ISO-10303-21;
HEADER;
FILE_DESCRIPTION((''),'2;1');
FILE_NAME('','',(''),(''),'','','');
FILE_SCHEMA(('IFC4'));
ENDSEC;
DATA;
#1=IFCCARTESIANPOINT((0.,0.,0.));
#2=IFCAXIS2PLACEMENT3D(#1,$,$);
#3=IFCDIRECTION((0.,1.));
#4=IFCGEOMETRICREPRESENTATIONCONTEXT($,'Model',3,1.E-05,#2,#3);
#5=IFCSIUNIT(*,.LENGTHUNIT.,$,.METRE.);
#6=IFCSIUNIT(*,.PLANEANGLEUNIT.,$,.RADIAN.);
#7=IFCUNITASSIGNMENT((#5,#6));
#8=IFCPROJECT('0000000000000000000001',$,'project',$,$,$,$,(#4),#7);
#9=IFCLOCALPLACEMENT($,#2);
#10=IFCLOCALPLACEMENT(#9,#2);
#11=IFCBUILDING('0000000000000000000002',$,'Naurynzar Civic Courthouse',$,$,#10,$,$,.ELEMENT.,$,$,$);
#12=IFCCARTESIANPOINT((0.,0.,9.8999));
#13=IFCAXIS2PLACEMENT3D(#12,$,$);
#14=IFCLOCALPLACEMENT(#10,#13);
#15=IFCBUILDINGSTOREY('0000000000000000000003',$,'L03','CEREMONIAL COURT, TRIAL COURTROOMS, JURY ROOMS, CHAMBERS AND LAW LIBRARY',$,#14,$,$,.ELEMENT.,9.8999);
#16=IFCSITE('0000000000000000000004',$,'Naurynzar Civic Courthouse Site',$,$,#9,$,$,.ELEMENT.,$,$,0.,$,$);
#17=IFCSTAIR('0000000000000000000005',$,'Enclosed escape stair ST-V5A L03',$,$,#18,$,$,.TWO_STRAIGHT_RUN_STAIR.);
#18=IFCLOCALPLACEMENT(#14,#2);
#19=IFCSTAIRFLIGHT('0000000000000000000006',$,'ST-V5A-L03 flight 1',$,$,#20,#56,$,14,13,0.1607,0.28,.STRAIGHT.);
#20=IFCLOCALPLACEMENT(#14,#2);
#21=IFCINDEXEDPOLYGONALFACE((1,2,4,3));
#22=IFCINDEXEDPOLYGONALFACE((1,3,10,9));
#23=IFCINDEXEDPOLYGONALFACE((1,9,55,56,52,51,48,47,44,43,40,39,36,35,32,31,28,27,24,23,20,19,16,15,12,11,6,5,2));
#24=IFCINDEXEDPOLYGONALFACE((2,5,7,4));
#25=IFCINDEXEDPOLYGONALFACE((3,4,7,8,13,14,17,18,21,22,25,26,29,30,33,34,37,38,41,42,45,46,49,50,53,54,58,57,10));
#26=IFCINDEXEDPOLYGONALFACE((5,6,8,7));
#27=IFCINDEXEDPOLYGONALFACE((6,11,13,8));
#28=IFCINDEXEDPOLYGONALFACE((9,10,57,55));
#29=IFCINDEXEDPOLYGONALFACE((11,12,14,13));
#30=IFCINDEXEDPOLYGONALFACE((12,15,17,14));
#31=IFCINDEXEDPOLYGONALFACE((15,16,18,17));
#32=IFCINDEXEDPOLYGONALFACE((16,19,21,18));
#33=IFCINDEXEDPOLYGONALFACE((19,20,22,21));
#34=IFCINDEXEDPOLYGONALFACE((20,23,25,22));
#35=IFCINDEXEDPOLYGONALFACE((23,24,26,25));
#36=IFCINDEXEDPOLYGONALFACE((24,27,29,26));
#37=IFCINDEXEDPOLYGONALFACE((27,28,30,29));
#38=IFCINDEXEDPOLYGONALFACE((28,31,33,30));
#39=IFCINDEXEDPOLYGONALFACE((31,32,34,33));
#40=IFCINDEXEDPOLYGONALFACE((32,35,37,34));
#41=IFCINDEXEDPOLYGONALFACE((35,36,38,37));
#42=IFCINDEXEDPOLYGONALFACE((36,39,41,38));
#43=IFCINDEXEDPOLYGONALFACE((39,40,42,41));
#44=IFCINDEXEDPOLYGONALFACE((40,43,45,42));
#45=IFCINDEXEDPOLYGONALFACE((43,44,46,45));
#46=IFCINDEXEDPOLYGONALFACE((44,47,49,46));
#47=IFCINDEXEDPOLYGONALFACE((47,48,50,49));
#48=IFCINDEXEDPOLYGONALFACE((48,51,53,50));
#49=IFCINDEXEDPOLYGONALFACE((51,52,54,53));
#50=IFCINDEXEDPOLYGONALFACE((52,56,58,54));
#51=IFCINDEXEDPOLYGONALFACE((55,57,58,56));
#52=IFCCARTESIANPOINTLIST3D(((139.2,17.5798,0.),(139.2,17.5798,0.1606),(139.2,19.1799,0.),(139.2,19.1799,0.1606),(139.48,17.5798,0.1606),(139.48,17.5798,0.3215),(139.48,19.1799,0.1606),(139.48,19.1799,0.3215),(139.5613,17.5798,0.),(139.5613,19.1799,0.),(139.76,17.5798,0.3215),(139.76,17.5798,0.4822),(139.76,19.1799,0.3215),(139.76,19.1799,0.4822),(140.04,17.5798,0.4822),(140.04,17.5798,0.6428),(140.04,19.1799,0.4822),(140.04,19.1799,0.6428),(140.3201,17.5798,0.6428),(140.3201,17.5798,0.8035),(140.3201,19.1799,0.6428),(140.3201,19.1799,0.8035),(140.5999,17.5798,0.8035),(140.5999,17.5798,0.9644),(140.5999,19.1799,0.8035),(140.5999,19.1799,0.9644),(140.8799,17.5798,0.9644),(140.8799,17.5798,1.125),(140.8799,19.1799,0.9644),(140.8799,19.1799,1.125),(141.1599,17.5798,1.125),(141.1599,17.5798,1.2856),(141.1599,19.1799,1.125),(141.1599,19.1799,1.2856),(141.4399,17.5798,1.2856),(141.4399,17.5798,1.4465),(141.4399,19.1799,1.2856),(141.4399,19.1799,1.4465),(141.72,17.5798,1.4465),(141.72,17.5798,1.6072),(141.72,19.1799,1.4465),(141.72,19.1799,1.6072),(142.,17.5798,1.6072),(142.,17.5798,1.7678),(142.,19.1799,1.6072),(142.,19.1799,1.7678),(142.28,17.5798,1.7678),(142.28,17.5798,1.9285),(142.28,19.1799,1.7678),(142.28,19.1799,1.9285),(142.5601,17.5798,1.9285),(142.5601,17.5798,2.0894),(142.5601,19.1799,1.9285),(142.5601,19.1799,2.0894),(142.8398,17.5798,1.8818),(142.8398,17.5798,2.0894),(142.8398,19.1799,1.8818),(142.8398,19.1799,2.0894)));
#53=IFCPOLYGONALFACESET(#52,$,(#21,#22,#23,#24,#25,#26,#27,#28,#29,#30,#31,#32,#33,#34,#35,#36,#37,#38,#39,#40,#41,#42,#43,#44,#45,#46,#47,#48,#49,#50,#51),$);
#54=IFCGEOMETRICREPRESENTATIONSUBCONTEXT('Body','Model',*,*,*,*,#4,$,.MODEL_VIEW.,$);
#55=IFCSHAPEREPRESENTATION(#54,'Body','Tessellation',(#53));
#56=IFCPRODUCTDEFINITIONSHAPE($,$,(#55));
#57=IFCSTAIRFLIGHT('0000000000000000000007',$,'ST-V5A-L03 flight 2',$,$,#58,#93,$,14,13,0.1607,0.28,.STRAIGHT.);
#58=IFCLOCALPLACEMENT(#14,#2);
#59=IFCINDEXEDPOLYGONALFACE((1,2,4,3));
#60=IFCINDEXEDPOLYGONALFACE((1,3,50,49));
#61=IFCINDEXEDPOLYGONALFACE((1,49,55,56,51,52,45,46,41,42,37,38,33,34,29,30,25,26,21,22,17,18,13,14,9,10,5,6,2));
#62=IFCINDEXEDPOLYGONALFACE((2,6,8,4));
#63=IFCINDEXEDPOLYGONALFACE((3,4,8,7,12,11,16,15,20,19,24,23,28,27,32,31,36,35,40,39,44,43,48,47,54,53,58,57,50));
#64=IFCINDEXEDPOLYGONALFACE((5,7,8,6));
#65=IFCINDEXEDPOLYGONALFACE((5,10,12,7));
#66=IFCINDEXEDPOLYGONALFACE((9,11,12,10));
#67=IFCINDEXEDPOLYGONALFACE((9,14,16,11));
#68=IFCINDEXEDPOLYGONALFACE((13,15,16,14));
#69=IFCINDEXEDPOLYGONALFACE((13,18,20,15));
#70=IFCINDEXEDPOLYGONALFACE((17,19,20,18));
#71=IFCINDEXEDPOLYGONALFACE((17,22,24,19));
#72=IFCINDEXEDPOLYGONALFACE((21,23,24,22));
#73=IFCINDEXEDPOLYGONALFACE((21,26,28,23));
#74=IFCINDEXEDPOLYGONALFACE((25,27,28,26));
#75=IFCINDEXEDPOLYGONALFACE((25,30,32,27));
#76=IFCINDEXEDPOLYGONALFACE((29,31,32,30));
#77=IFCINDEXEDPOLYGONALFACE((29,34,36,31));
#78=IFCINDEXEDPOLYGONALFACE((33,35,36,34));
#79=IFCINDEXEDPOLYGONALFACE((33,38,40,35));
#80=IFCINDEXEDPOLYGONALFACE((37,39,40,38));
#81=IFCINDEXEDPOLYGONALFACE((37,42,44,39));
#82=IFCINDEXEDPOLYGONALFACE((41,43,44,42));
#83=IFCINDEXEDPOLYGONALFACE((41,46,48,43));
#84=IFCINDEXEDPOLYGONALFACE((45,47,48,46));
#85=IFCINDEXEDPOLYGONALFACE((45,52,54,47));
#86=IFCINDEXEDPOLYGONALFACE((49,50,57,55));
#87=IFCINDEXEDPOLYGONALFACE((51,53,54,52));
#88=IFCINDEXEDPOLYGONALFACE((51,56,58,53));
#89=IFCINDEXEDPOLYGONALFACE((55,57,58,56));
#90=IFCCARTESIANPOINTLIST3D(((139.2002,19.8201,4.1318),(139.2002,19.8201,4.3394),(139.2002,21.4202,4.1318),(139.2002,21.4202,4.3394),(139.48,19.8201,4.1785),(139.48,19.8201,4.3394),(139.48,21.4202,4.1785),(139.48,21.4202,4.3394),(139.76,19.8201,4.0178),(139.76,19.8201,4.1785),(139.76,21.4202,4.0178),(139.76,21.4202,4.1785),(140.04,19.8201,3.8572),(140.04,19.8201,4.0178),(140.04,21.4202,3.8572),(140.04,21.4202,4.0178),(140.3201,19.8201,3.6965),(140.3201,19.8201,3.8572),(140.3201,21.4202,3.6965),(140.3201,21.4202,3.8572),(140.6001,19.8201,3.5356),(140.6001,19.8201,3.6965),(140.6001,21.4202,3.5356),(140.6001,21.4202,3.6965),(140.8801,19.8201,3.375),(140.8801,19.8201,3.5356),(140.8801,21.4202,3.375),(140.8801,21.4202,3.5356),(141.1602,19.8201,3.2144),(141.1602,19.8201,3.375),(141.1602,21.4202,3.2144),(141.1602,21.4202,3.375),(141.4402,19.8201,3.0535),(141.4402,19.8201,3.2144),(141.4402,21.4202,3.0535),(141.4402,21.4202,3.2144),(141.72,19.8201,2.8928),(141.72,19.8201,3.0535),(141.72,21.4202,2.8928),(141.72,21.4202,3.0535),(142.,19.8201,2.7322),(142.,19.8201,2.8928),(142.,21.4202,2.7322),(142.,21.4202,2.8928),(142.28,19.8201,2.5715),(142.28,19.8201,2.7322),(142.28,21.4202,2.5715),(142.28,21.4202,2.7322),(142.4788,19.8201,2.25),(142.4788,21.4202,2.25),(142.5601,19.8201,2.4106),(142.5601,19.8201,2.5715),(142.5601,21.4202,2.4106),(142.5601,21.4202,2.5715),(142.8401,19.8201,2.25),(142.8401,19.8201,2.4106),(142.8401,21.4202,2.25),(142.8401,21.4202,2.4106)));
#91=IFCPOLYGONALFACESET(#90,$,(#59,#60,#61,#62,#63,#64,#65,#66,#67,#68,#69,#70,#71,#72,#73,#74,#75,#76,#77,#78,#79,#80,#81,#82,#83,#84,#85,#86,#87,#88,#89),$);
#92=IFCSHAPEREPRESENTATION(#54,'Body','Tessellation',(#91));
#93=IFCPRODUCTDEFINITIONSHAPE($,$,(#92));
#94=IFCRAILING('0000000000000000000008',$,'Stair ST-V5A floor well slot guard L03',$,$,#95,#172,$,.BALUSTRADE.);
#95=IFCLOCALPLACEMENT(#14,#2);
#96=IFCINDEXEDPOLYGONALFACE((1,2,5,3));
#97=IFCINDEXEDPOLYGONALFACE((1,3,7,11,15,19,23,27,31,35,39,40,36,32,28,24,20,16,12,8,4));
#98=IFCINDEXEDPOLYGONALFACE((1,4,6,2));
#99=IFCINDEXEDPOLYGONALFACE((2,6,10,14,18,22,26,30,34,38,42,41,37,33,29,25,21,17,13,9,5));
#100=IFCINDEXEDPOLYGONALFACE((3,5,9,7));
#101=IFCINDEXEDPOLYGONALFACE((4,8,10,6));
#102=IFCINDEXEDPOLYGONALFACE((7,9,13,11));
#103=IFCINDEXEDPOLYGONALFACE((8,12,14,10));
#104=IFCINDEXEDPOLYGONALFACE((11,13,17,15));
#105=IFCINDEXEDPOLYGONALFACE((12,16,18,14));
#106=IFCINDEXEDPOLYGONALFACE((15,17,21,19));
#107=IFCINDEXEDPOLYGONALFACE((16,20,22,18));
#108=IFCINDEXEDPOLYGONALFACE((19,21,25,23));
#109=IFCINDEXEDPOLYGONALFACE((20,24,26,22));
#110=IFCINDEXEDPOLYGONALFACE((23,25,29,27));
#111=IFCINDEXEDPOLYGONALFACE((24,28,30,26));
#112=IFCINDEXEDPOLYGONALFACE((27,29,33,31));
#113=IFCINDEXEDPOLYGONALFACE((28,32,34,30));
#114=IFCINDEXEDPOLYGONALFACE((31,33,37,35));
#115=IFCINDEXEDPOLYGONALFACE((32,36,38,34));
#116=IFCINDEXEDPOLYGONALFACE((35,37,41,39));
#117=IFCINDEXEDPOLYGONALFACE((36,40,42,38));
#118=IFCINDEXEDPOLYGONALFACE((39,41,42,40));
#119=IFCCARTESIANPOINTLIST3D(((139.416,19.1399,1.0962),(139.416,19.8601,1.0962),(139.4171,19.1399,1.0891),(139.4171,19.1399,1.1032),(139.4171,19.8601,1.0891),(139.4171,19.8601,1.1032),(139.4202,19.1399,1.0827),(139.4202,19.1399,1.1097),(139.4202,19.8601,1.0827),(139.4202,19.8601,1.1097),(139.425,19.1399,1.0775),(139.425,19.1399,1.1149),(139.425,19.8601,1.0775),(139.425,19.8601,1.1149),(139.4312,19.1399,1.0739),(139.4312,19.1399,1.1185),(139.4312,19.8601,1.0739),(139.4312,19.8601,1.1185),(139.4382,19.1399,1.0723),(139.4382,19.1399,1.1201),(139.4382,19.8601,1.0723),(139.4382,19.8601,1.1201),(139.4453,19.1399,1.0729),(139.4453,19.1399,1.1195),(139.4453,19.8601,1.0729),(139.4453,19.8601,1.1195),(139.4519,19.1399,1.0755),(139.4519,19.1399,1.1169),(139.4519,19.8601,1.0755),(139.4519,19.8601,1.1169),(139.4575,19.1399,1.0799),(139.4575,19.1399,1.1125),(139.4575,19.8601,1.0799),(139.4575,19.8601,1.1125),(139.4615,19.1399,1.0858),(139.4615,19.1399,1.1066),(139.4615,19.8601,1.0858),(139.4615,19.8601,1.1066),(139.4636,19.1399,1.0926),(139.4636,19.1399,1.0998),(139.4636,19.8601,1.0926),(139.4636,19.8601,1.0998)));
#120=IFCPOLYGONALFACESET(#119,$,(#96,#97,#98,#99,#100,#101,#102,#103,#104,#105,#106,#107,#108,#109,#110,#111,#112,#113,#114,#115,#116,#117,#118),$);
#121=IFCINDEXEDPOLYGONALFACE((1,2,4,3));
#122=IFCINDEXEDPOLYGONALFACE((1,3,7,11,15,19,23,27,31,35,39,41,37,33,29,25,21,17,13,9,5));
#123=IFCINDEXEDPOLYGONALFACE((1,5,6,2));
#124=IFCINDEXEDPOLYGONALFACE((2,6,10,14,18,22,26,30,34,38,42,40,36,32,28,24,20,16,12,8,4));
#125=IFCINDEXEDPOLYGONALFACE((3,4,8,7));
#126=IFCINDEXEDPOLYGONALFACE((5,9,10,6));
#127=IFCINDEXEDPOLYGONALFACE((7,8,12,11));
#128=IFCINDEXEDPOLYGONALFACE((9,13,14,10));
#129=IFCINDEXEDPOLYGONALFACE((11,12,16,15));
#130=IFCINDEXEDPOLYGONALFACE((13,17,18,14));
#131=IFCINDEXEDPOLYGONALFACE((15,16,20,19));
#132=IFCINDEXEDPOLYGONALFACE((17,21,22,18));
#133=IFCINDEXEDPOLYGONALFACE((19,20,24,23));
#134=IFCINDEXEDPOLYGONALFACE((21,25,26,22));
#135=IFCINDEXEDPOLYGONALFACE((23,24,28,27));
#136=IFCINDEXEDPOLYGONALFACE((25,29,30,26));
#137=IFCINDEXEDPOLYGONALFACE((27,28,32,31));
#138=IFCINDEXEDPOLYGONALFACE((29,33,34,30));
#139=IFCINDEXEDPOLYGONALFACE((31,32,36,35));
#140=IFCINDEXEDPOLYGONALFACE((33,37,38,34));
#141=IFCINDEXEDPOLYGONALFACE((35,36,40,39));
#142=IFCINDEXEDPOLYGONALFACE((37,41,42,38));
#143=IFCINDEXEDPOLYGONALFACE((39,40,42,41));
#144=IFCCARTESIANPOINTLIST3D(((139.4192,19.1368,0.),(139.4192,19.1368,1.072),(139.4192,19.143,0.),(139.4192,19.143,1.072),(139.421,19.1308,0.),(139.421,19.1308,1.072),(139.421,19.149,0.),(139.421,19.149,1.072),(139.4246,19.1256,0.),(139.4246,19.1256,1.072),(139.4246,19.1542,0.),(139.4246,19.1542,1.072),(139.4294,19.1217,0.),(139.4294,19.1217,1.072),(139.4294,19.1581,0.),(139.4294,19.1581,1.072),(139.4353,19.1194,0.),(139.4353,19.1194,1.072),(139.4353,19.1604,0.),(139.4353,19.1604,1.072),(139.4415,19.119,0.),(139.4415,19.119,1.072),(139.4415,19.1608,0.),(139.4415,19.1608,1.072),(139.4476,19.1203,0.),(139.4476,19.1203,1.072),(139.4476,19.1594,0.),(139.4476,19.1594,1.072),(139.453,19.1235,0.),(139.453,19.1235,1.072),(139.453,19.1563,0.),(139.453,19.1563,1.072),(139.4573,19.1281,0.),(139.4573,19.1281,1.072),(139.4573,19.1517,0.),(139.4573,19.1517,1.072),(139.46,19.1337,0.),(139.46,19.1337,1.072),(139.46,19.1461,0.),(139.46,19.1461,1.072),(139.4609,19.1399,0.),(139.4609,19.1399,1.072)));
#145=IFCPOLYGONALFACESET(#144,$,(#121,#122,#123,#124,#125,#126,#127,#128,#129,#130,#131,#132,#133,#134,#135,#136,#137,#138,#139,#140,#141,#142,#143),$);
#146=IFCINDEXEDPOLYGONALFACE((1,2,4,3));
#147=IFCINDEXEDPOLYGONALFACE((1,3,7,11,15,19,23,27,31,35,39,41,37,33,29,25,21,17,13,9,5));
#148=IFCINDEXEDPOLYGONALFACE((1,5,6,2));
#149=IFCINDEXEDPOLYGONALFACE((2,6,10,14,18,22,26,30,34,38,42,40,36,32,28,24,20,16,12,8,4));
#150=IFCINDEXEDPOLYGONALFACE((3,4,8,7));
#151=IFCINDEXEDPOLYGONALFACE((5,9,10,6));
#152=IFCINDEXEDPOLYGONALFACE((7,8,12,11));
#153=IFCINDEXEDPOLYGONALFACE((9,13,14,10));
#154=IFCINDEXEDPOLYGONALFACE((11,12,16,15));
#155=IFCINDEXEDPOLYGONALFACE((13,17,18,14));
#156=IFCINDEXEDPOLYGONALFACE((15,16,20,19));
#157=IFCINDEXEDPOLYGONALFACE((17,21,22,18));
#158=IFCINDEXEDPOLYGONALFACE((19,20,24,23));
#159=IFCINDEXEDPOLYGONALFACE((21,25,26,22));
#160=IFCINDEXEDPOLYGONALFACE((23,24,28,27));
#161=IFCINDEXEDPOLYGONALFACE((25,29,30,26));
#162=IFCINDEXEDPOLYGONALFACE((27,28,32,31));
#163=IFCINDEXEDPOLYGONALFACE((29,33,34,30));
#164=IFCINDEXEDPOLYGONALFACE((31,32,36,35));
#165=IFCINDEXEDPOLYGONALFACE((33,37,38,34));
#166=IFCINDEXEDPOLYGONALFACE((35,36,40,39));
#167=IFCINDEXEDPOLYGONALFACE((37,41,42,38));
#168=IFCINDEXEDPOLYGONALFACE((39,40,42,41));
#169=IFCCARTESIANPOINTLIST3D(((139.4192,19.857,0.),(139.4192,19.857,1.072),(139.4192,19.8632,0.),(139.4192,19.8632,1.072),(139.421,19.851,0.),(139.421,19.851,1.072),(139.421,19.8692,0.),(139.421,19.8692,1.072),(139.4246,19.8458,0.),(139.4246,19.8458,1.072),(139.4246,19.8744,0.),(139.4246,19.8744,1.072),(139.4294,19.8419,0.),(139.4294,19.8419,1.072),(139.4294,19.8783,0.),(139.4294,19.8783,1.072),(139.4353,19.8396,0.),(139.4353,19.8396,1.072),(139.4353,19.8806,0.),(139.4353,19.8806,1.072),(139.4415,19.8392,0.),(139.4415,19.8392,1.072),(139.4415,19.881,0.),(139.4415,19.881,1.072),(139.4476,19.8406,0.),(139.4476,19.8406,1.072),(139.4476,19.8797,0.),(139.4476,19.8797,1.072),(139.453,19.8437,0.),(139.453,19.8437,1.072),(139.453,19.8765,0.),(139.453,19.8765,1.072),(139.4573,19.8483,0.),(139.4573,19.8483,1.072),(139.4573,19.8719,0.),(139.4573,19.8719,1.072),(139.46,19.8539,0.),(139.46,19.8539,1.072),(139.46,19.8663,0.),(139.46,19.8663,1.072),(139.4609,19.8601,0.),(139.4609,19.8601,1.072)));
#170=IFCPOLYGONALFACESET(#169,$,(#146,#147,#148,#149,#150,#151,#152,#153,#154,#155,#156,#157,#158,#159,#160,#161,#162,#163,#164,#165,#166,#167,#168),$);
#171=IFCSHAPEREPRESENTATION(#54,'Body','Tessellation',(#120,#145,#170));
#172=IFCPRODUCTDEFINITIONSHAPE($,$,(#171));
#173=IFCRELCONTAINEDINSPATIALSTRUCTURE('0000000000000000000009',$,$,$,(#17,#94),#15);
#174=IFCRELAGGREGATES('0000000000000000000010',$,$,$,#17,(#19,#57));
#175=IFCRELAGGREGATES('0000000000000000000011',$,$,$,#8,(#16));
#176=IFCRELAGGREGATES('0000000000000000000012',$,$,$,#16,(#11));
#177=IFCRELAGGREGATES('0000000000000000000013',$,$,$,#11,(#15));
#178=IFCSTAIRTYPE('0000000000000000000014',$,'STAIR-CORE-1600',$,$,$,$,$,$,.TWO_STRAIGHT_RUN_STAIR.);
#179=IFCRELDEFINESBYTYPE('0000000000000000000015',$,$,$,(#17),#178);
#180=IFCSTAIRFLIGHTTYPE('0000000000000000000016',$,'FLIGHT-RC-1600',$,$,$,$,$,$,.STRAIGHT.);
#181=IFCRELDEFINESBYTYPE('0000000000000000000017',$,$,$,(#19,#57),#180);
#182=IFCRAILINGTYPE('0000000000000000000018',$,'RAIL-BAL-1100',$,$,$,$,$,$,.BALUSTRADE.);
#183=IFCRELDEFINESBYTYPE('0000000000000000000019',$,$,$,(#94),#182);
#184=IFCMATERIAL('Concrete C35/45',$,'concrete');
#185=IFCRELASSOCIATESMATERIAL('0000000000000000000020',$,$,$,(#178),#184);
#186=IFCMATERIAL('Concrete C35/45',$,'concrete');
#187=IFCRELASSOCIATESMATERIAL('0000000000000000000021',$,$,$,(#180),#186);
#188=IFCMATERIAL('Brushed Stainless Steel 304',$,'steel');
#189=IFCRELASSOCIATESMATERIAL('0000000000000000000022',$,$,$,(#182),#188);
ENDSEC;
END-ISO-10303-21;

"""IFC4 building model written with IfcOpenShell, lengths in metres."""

from ifc_helpers import new_model, si_unit, direction, frame, origin, origin_2d, place, context, subcontext, project, spatial, polyline, circle, outline, extrude, material, type_object, element, aggregate, save


model = new_model("IFC4")

# Units and contexts
model_context = context("Model", 3, precision=1e-05, world=origin(), true_north=direction((0.0, 1.0)))
body_context = subcontext(model_context, "Body", "Model", "MODEL_VIEW")
ifc_project = project(units=[si_unit("LENGTHUNIT", "METRE"), si_unit("PLANEANGLEUNIT", "RADIAN")], contexts=[model_context])

# Site, building, storey
site_placement = place(None, origin())
site = spatial("IfcSite", under=ifc_project, at=site_placement, Name="Naurynzar Civic Courthouse Site", CompositionType="ELEMENT", RefElevation=0.0)
building_placement = place(site_placement, origin())
building = spatial("IfcBuilding", under=site, at=building_placement, Name="Naurynzar Civic Courthouse", CompositionType="ELEMENT")
storey_placement = place(building_placement, frame((0.0, 0.0, 9.8999)))
storey = spatial("IfcBuildingStorey", under=building, at=storey_placement, Name="L03", Description="CEREMONIAL COURT, TRIAL COURTROOMS, JURY ROOMS, CHAMBERS AND LAW LIBRARY", CompositionType="ELEMENT", Elevation=9.8999)

# Stair, stair flights
ifc_material_1 = material(Name="Concrete C35/45", Category="concrete")
stair_type = type_object("IfcStairType", Name="STAIR-CORE-1600", PredefinedType="TWO_STRAIGHT_RUN_STAIR", material=ifc_material_1)
stair_placement = place(storey_placement, origin())
stair = element("IfcStair", 1, at=stair_placement, inside=storey, type_object=stair_type, Name="Enclosed escape stair ST-V5A L03", PredefinedType="TWO_STRAIGHT_RUN_STAIR")
ifc_material_2 = material(Name="Concrete C35/45", Category="concrete")
stair_flight_type = type_object("IfcStairFlightType", Name="FLIGHT-RC-1600", PredefinedType="STRAIGHT", material=ifc_material_2)
stair_flight_1_placement = place(storey_placement, frame((139.2, 18.3799, 0.0), z_axis=(0.0, 0.0, 1.0), x_axis=(1.0, 0.0, 0.0)))
stair_flight_1 = element("IfcStairFlight", 2, at=stair_flight_1_placement, type_object=stair_flight_type, Name="ST-V5A-L03 flight 1", NumberOfRisers=14, NumberOfTreads=13, PredefinedType="STRAIGHT", RiserHeight=0.1607, TreadLength=0.28, context=body_context, shape_type="SweptSolid", body=[
    extrude(outline(polyline([(0.0, 0.0), (0.0, 0.1606), (0.28, 0.1606), (0.28, 0.3215), (0.5601, 0.3215), (0.5601, 0.4822), (0.8401, 0.4822), (0.8401, 0.6428), (1.1201, 0.6428), (1.1201, 0.8035), (1.3999, 0.8035), (1.3999, 0.9644), (1.6799, 0.9644), (1.6799, 1.125), (1.96, 1.125), (1.96, 1.2856), (2.24, 1.2856), (2.24, 1.4465), (2.52, 1.4465), (2.52, 1.6072), (2.8, 1.6072), (2.8, 1.7678), (3.0801, 1.7678), (3.0801, 1.9285), (3.3601, 1.9285), (3.3601, 2.0894), (3.6399, 2.0894), (3.6399, 2.25), (3.6399, 1.8818), (0.3613, 0.0), (0.0, 0.0)])), frame((0.0, 0.8, 0.0), z_axis=(0.0, -1.0, 0.0), x_axis=(1.0, 0.0, 0.0)), (0.0, 0.0, 1.0), 1.6001),
])
stair_flight_2_placement = place(storey_placement, frame((142.8401, 20.6201, 2.25), z_axis=(0.0, 0.0, 1.0), x_axis=(-1.0, 0.0, 0.0)))
stair_flight_2 = element("IfcStairFlight", 3, at=stair_flight_2_placement, type_object=stair_flight_type, Name="ST-V5A-L03 flight 2", NumberOfRisers=14, NumberOfTreads=13, PredefinedType="STRAIGHT", RiserHeight=0.1607, TreadLength=0.28, context=body_context, shape_type="SweptSolid", body=[
    extrude(outline(polyline([(0.0, 0.0), (0.0, 0.1606), (0.28, 0.1606), (0.28, 0.3215), (0.5601, 0.3215), (0.5601, 0.4822), (0.8401, 0.4822), (0.8401, 0.6428), (1.1201, 0.6428), (1.1201, 0.8035), (1.3999, 0.8035), (1.3999, 0.9644), (1.6799, 0.9644), (1.6799, 1.125), (1.96, 1.125), (1.96, 1.2856), (2.24, 1.2856), (2.24, 1.4465), (2.52, 1.4465), (2.52, 1.6072), (2.8, 1.6072), (2.8, 1.7678), (3.0801, 1.7678), (3.0801, 1.9285), (3.3601, 1.9285), (3.3601, 2.0894), (3.6399, 2.0894), (3.6399, 2.25), (3.6399, 1.8818), (0.3613, 0.0), (0.0, 0.0)])), frame((0.0, 0.8, 0.0), z_axis=(0.0, -1.0, 0.0), x_axis=(1.0, 0.0, 0.0)), (0.0, 0.0, 1.0), 1.6001),
])
aggregate(stair, [stair_flight_1, stair_flight_2])

# Railing
ifc_material_3 = material(Name="Brushed Stainless Steel 304", Category="steel")
railing_type_1 = type_object("IfcRailingType", Name="RAIL-BAL-1100", PredefinedType="BALUSTRADE", material=ifc_material_3)
for number, where, name in (
    (4, (139.4399, 19.1399, 0.0), "Stair ST-V5A floor well slot guard L03"),
):
    element("IfcRailing", number, at=place(storey_placement, frame(where)), inside=storey, type_object=railing_type_1, Name=name, PredefinedType="BALUSTRADE", context=body_context, shape_type="SweptSolid", body=[
        extrude(circle(Radius=0.0239, at=origin_2d()), frame((0.0, 0.0, 1.0962), z_axis=(0.0, 1.0, 0.0), x_axis=(-1.0, 0.0, 0.0)), (0.0, 0.0, 1.0), 0.7202),
        extrude(circle(Radius=0.021, at=origin_2d()), origin(), (0.0, 0.0, 1.0), 1.072),
        extrude(circle(Radius=0.021, at=origin_2d()), frame((0.0, 0.7202, 0.0)), (0.0, 0.0, 1.0), 1.072),
    ])

save(model, "model.ifc")
